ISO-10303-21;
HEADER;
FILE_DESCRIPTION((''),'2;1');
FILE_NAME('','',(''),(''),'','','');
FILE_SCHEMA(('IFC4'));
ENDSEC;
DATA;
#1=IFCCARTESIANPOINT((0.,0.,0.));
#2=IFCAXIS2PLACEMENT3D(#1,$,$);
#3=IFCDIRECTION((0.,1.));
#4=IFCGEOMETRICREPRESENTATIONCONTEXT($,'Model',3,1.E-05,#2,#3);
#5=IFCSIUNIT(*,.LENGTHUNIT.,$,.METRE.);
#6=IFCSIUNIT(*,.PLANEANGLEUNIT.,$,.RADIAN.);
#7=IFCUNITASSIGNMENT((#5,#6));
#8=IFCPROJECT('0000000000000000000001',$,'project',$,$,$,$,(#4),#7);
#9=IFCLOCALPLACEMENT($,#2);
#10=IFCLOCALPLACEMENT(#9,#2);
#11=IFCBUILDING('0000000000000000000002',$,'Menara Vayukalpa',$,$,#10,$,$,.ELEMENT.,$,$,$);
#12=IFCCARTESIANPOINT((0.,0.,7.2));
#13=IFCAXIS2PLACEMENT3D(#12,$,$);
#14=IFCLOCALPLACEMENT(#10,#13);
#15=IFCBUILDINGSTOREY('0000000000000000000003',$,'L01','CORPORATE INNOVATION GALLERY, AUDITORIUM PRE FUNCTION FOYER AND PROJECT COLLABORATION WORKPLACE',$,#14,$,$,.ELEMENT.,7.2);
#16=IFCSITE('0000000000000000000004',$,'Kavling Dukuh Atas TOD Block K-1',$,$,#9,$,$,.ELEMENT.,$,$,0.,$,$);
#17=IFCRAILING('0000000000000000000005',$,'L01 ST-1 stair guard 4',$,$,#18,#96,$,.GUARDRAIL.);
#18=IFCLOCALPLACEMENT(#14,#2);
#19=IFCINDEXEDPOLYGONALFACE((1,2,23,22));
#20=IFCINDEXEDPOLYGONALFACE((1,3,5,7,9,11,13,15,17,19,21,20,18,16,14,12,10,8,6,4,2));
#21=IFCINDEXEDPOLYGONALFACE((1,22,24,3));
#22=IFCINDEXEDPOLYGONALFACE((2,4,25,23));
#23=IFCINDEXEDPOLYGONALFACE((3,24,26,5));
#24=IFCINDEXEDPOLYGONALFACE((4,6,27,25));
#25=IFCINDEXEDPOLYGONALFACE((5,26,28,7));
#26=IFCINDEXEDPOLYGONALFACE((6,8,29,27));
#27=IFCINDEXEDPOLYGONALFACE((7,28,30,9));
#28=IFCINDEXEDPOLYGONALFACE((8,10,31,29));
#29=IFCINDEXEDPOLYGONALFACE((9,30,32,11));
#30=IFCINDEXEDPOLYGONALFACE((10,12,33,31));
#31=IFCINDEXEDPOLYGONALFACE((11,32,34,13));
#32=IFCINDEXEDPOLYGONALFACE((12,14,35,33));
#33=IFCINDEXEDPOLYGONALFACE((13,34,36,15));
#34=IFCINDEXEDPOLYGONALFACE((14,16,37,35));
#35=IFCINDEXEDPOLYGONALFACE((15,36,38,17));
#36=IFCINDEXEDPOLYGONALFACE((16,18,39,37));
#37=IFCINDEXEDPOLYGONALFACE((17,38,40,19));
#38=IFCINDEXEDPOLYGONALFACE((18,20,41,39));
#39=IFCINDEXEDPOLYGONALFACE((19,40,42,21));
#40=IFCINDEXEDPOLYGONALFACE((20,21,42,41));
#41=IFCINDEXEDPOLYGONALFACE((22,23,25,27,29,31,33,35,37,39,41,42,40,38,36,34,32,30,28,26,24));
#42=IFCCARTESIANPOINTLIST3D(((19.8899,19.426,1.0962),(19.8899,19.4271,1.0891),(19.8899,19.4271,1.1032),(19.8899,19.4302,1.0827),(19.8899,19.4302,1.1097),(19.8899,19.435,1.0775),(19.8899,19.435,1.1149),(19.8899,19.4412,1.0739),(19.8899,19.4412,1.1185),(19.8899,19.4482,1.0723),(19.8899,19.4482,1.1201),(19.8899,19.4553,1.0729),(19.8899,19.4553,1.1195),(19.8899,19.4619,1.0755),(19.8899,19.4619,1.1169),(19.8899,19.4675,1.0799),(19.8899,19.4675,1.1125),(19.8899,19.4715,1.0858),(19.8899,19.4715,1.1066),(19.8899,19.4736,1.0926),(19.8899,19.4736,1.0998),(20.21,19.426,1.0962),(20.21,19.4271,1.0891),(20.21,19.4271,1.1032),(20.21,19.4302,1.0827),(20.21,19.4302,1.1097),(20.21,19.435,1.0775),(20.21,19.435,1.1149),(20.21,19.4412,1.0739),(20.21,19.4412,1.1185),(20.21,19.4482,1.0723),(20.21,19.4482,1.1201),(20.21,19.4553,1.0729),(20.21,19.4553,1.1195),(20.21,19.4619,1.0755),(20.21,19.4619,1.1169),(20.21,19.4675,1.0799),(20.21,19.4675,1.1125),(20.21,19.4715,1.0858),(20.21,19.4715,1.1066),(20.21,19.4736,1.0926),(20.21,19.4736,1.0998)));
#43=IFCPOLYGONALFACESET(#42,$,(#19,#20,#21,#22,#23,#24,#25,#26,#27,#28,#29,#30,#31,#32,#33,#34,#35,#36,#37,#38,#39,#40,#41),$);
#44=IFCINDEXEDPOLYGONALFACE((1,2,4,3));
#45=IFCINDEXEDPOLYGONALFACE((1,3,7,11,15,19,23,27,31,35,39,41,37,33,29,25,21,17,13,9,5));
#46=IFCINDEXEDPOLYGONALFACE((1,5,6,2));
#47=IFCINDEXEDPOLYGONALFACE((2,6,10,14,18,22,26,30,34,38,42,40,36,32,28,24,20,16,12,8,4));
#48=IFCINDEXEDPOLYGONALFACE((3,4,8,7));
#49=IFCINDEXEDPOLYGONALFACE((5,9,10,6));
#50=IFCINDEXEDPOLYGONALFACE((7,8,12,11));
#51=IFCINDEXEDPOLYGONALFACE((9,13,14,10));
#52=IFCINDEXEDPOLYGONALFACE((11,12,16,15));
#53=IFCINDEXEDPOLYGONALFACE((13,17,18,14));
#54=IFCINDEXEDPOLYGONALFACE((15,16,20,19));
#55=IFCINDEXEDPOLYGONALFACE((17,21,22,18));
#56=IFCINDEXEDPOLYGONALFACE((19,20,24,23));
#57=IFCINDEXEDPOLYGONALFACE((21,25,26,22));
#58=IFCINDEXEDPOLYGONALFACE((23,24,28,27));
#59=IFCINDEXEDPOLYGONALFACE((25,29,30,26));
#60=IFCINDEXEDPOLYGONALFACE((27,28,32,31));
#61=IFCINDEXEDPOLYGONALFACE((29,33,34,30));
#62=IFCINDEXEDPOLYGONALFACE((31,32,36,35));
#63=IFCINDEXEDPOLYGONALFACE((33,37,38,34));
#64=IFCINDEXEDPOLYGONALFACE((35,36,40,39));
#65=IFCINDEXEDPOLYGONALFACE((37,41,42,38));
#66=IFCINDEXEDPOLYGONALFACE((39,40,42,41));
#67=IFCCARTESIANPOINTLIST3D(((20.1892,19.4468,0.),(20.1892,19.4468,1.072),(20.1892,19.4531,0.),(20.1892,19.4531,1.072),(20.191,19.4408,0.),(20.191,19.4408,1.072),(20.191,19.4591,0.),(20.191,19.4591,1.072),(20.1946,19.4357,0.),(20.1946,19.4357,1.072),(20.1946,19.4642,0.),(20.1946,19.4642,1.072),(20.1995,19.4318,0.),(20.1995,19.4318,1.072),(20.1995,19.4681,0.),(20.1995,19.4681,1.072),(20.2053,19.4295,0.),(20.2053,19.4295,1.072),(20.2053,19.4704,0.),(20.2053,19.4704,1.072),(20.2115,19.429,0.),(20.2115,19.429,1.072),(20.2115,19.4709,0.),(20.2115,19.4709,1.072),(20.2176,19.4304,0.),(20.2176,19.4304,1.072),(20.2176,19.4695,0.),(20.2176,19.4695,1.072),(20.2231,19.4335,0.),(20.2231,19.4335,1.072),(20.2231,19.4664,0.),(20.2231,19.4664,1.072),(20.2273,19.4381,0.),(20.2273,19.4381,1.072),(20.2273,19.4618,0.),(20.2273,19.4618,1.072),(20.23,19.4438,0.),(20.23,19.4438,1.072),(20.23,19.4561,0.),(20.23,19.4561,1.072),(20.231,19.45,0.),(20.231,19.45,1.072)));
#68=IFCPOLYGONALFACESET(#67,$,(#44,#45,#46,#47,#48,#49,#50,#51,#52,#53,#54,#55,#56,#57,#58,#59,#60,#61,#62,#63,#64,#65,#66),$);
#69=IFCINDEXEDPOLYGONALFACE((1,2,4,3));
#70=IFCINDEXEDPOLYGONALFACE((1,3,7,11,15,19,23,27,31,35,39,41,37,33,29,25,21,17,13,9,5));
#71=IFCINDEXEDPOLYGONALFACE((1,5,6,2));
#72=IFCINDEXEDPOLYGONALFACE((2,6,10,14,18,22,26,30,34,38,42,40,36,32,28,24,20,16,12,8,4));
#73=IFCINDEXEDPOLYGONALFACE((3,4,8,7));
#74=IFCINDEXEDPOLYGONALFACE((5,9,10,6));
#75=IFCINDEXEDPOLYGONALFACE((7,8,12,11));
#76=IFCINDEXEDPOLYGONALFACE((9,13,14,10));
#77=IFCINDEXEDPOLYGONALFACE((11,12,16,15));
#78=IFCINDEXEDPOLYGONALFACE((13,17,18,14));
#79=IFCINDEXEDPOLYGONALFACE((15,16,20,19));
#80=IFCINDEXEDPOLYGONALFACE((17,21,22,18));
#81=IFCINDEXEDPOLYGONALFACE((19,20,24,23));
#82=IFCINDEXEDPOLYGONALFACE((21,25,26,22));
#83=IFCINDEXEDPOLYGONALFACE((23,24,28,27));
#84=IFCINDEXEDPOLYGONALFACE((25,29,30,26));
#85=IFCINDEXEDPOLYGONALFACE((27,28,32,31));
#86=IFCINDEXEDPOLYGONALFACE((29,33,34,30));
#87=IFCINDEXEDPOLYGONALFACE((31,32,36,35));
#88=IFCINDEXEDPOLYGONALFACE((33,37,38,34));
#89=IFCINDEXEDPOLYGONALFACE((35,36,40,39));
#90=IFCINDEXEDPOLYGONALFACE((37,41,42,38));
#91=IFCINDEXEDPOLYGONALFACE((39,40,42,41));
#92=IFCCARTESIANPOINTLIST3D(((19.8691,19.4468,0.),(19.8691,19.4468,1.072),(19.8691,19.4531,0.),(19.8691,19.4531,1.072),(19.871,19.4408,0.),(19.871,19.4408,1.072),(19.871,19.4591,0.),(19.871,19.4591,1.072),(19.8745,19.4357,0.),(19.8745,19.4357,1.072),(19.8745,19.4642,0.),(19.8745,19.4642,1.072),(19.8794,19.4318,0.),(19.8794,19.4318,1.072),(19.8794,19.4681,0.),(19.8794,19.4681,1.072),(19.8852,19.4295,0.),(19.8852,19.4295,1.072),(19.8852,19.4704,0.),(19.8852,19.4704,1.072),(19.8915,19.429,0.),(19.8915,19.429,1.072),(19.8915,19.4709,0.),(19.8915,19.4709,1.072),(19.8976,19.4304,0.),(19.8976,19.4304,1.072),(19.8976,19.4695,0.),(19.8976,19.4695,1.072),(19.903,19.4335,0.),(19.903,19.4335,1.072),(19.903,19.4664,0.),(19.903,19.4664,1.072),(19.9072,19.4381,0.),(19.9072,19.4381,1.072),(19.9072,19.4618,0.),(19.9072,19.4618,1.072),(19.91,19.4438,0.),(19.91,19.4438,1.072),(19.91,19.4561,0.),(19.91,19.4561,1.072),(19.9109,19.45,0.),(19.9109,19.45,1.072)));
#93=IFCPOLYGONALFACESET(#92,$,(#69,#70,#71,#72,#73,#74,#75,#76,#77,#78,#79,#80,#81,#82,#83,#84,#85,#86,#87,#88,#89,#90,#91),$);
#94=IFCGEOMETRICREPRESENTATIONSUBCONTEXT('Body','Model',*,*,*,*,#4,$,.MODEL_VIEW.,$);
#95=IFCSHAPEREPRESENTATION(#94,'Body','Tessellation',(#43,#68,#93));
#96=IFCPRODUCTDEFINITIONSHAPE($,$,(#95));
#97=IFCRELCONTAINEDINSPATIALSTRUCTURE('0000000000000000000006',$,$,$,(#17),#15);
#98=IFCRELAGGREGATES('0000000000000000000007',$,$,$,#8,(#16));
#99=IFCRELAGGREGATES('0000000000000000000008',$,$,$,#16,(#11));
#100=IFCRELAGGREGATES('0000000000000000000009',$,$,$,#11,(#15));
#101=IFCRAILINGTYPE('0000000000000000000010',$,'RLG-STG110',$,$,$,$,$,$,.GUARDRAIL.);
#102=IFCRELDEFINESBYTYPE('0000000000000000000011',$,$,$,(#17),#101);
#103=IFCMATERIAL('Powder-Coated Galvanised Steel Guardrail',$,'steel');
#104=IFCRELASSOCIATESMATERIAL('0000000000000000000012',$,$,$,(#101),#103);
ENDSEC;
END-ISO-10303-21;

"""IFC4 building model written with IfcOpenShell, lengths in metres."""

from ifc_helpers import new_model, si_unit, direction, frame, origin, origin_2d, place, context, subcontext, project, spatial, circle, extrude, material, type_object, element, save


model = new_model("IFC4")

# Units and contexts
model_context = context("Model", 3, precision=1e-05, world=origin(), true_north=direction((0.0, 1.0)))
body_context = subcontext(model_context, "Body", "Model", "MODEL_VIEW")
ifc_project = project(units=[si_unit("LENGTHUNIT", "METRE"), si_unit("PLANEANGLEUNIT", "RADIAN")], contexts=[model_context])

# Site, building, storey
site_placement = place(None, origin())
site = spatial("IfcSite", under=ifc_project, at=site_placement, Name="Kavling Dukuh Atas TOD Block K-1", CompositionType="ELEMENT", RefElevation=0.0)
building_placement = place(site_placement, origin())
building = spatial("IfcBuilding", under=site, at=building_placement, Name="Menara Vayukalpa", CompositionType="ELEMENT")
storey_placement = place(building_placement, frame((0.0, 0.0, 7.2)))
storey = spatial("IfcBuildingStorey", under=building, at=storey_placement, Name="L01", Description="CORPORATE INNOVATION GALLERY, AUDITORIUM PRE FUNCTION FOYER AND PROJECT COLLABORATION WORKPLACE", CompositionType="ELEMENT", Elevation=7.2)

# Railing
ifc_material_1 = material(Name="Powder-Coated Galvanised Steel Guardrail", Category="steel")
railing_type_1 = type_object("IfcRailingType", Name="RLG-STG110", PredefinedType="GUARDRAIL", material=ifc_material_1)
railing_1_placement = place(storey_placement, frame((20.21, 19.45, 0.0)))
element("IfcRailing", 1, at=railing_1_placement, inside=storey, type_object=railing_type_1, Name="L01 ST-1 stair guard 4", PredefinedType="GUARDRAIL", context=body_context, shape_type="SweptSolid", body=[
    extrude(circle(Radius=0.0239, at=origin_2d()), frame((0.0, 0.0, 1.0962), z_axis=(-1.0, 0.0, 0.0), x_axis=(0.0, -1.0, 0.0)), (0.0, 0.0, 1.0), 0.3201),
    extrude(circle(Radius=0.021, at=origin_2d()), origin(), (0.0, 0.0, 1.0), 1.072),
    extrude(circle(Radius=0.021, at=origin_2d()), frame((-0.3201, 0.0, 0.0)), (0.0, 0.0, 1.0), 1.072),
])

save(model, "model.ifc")
